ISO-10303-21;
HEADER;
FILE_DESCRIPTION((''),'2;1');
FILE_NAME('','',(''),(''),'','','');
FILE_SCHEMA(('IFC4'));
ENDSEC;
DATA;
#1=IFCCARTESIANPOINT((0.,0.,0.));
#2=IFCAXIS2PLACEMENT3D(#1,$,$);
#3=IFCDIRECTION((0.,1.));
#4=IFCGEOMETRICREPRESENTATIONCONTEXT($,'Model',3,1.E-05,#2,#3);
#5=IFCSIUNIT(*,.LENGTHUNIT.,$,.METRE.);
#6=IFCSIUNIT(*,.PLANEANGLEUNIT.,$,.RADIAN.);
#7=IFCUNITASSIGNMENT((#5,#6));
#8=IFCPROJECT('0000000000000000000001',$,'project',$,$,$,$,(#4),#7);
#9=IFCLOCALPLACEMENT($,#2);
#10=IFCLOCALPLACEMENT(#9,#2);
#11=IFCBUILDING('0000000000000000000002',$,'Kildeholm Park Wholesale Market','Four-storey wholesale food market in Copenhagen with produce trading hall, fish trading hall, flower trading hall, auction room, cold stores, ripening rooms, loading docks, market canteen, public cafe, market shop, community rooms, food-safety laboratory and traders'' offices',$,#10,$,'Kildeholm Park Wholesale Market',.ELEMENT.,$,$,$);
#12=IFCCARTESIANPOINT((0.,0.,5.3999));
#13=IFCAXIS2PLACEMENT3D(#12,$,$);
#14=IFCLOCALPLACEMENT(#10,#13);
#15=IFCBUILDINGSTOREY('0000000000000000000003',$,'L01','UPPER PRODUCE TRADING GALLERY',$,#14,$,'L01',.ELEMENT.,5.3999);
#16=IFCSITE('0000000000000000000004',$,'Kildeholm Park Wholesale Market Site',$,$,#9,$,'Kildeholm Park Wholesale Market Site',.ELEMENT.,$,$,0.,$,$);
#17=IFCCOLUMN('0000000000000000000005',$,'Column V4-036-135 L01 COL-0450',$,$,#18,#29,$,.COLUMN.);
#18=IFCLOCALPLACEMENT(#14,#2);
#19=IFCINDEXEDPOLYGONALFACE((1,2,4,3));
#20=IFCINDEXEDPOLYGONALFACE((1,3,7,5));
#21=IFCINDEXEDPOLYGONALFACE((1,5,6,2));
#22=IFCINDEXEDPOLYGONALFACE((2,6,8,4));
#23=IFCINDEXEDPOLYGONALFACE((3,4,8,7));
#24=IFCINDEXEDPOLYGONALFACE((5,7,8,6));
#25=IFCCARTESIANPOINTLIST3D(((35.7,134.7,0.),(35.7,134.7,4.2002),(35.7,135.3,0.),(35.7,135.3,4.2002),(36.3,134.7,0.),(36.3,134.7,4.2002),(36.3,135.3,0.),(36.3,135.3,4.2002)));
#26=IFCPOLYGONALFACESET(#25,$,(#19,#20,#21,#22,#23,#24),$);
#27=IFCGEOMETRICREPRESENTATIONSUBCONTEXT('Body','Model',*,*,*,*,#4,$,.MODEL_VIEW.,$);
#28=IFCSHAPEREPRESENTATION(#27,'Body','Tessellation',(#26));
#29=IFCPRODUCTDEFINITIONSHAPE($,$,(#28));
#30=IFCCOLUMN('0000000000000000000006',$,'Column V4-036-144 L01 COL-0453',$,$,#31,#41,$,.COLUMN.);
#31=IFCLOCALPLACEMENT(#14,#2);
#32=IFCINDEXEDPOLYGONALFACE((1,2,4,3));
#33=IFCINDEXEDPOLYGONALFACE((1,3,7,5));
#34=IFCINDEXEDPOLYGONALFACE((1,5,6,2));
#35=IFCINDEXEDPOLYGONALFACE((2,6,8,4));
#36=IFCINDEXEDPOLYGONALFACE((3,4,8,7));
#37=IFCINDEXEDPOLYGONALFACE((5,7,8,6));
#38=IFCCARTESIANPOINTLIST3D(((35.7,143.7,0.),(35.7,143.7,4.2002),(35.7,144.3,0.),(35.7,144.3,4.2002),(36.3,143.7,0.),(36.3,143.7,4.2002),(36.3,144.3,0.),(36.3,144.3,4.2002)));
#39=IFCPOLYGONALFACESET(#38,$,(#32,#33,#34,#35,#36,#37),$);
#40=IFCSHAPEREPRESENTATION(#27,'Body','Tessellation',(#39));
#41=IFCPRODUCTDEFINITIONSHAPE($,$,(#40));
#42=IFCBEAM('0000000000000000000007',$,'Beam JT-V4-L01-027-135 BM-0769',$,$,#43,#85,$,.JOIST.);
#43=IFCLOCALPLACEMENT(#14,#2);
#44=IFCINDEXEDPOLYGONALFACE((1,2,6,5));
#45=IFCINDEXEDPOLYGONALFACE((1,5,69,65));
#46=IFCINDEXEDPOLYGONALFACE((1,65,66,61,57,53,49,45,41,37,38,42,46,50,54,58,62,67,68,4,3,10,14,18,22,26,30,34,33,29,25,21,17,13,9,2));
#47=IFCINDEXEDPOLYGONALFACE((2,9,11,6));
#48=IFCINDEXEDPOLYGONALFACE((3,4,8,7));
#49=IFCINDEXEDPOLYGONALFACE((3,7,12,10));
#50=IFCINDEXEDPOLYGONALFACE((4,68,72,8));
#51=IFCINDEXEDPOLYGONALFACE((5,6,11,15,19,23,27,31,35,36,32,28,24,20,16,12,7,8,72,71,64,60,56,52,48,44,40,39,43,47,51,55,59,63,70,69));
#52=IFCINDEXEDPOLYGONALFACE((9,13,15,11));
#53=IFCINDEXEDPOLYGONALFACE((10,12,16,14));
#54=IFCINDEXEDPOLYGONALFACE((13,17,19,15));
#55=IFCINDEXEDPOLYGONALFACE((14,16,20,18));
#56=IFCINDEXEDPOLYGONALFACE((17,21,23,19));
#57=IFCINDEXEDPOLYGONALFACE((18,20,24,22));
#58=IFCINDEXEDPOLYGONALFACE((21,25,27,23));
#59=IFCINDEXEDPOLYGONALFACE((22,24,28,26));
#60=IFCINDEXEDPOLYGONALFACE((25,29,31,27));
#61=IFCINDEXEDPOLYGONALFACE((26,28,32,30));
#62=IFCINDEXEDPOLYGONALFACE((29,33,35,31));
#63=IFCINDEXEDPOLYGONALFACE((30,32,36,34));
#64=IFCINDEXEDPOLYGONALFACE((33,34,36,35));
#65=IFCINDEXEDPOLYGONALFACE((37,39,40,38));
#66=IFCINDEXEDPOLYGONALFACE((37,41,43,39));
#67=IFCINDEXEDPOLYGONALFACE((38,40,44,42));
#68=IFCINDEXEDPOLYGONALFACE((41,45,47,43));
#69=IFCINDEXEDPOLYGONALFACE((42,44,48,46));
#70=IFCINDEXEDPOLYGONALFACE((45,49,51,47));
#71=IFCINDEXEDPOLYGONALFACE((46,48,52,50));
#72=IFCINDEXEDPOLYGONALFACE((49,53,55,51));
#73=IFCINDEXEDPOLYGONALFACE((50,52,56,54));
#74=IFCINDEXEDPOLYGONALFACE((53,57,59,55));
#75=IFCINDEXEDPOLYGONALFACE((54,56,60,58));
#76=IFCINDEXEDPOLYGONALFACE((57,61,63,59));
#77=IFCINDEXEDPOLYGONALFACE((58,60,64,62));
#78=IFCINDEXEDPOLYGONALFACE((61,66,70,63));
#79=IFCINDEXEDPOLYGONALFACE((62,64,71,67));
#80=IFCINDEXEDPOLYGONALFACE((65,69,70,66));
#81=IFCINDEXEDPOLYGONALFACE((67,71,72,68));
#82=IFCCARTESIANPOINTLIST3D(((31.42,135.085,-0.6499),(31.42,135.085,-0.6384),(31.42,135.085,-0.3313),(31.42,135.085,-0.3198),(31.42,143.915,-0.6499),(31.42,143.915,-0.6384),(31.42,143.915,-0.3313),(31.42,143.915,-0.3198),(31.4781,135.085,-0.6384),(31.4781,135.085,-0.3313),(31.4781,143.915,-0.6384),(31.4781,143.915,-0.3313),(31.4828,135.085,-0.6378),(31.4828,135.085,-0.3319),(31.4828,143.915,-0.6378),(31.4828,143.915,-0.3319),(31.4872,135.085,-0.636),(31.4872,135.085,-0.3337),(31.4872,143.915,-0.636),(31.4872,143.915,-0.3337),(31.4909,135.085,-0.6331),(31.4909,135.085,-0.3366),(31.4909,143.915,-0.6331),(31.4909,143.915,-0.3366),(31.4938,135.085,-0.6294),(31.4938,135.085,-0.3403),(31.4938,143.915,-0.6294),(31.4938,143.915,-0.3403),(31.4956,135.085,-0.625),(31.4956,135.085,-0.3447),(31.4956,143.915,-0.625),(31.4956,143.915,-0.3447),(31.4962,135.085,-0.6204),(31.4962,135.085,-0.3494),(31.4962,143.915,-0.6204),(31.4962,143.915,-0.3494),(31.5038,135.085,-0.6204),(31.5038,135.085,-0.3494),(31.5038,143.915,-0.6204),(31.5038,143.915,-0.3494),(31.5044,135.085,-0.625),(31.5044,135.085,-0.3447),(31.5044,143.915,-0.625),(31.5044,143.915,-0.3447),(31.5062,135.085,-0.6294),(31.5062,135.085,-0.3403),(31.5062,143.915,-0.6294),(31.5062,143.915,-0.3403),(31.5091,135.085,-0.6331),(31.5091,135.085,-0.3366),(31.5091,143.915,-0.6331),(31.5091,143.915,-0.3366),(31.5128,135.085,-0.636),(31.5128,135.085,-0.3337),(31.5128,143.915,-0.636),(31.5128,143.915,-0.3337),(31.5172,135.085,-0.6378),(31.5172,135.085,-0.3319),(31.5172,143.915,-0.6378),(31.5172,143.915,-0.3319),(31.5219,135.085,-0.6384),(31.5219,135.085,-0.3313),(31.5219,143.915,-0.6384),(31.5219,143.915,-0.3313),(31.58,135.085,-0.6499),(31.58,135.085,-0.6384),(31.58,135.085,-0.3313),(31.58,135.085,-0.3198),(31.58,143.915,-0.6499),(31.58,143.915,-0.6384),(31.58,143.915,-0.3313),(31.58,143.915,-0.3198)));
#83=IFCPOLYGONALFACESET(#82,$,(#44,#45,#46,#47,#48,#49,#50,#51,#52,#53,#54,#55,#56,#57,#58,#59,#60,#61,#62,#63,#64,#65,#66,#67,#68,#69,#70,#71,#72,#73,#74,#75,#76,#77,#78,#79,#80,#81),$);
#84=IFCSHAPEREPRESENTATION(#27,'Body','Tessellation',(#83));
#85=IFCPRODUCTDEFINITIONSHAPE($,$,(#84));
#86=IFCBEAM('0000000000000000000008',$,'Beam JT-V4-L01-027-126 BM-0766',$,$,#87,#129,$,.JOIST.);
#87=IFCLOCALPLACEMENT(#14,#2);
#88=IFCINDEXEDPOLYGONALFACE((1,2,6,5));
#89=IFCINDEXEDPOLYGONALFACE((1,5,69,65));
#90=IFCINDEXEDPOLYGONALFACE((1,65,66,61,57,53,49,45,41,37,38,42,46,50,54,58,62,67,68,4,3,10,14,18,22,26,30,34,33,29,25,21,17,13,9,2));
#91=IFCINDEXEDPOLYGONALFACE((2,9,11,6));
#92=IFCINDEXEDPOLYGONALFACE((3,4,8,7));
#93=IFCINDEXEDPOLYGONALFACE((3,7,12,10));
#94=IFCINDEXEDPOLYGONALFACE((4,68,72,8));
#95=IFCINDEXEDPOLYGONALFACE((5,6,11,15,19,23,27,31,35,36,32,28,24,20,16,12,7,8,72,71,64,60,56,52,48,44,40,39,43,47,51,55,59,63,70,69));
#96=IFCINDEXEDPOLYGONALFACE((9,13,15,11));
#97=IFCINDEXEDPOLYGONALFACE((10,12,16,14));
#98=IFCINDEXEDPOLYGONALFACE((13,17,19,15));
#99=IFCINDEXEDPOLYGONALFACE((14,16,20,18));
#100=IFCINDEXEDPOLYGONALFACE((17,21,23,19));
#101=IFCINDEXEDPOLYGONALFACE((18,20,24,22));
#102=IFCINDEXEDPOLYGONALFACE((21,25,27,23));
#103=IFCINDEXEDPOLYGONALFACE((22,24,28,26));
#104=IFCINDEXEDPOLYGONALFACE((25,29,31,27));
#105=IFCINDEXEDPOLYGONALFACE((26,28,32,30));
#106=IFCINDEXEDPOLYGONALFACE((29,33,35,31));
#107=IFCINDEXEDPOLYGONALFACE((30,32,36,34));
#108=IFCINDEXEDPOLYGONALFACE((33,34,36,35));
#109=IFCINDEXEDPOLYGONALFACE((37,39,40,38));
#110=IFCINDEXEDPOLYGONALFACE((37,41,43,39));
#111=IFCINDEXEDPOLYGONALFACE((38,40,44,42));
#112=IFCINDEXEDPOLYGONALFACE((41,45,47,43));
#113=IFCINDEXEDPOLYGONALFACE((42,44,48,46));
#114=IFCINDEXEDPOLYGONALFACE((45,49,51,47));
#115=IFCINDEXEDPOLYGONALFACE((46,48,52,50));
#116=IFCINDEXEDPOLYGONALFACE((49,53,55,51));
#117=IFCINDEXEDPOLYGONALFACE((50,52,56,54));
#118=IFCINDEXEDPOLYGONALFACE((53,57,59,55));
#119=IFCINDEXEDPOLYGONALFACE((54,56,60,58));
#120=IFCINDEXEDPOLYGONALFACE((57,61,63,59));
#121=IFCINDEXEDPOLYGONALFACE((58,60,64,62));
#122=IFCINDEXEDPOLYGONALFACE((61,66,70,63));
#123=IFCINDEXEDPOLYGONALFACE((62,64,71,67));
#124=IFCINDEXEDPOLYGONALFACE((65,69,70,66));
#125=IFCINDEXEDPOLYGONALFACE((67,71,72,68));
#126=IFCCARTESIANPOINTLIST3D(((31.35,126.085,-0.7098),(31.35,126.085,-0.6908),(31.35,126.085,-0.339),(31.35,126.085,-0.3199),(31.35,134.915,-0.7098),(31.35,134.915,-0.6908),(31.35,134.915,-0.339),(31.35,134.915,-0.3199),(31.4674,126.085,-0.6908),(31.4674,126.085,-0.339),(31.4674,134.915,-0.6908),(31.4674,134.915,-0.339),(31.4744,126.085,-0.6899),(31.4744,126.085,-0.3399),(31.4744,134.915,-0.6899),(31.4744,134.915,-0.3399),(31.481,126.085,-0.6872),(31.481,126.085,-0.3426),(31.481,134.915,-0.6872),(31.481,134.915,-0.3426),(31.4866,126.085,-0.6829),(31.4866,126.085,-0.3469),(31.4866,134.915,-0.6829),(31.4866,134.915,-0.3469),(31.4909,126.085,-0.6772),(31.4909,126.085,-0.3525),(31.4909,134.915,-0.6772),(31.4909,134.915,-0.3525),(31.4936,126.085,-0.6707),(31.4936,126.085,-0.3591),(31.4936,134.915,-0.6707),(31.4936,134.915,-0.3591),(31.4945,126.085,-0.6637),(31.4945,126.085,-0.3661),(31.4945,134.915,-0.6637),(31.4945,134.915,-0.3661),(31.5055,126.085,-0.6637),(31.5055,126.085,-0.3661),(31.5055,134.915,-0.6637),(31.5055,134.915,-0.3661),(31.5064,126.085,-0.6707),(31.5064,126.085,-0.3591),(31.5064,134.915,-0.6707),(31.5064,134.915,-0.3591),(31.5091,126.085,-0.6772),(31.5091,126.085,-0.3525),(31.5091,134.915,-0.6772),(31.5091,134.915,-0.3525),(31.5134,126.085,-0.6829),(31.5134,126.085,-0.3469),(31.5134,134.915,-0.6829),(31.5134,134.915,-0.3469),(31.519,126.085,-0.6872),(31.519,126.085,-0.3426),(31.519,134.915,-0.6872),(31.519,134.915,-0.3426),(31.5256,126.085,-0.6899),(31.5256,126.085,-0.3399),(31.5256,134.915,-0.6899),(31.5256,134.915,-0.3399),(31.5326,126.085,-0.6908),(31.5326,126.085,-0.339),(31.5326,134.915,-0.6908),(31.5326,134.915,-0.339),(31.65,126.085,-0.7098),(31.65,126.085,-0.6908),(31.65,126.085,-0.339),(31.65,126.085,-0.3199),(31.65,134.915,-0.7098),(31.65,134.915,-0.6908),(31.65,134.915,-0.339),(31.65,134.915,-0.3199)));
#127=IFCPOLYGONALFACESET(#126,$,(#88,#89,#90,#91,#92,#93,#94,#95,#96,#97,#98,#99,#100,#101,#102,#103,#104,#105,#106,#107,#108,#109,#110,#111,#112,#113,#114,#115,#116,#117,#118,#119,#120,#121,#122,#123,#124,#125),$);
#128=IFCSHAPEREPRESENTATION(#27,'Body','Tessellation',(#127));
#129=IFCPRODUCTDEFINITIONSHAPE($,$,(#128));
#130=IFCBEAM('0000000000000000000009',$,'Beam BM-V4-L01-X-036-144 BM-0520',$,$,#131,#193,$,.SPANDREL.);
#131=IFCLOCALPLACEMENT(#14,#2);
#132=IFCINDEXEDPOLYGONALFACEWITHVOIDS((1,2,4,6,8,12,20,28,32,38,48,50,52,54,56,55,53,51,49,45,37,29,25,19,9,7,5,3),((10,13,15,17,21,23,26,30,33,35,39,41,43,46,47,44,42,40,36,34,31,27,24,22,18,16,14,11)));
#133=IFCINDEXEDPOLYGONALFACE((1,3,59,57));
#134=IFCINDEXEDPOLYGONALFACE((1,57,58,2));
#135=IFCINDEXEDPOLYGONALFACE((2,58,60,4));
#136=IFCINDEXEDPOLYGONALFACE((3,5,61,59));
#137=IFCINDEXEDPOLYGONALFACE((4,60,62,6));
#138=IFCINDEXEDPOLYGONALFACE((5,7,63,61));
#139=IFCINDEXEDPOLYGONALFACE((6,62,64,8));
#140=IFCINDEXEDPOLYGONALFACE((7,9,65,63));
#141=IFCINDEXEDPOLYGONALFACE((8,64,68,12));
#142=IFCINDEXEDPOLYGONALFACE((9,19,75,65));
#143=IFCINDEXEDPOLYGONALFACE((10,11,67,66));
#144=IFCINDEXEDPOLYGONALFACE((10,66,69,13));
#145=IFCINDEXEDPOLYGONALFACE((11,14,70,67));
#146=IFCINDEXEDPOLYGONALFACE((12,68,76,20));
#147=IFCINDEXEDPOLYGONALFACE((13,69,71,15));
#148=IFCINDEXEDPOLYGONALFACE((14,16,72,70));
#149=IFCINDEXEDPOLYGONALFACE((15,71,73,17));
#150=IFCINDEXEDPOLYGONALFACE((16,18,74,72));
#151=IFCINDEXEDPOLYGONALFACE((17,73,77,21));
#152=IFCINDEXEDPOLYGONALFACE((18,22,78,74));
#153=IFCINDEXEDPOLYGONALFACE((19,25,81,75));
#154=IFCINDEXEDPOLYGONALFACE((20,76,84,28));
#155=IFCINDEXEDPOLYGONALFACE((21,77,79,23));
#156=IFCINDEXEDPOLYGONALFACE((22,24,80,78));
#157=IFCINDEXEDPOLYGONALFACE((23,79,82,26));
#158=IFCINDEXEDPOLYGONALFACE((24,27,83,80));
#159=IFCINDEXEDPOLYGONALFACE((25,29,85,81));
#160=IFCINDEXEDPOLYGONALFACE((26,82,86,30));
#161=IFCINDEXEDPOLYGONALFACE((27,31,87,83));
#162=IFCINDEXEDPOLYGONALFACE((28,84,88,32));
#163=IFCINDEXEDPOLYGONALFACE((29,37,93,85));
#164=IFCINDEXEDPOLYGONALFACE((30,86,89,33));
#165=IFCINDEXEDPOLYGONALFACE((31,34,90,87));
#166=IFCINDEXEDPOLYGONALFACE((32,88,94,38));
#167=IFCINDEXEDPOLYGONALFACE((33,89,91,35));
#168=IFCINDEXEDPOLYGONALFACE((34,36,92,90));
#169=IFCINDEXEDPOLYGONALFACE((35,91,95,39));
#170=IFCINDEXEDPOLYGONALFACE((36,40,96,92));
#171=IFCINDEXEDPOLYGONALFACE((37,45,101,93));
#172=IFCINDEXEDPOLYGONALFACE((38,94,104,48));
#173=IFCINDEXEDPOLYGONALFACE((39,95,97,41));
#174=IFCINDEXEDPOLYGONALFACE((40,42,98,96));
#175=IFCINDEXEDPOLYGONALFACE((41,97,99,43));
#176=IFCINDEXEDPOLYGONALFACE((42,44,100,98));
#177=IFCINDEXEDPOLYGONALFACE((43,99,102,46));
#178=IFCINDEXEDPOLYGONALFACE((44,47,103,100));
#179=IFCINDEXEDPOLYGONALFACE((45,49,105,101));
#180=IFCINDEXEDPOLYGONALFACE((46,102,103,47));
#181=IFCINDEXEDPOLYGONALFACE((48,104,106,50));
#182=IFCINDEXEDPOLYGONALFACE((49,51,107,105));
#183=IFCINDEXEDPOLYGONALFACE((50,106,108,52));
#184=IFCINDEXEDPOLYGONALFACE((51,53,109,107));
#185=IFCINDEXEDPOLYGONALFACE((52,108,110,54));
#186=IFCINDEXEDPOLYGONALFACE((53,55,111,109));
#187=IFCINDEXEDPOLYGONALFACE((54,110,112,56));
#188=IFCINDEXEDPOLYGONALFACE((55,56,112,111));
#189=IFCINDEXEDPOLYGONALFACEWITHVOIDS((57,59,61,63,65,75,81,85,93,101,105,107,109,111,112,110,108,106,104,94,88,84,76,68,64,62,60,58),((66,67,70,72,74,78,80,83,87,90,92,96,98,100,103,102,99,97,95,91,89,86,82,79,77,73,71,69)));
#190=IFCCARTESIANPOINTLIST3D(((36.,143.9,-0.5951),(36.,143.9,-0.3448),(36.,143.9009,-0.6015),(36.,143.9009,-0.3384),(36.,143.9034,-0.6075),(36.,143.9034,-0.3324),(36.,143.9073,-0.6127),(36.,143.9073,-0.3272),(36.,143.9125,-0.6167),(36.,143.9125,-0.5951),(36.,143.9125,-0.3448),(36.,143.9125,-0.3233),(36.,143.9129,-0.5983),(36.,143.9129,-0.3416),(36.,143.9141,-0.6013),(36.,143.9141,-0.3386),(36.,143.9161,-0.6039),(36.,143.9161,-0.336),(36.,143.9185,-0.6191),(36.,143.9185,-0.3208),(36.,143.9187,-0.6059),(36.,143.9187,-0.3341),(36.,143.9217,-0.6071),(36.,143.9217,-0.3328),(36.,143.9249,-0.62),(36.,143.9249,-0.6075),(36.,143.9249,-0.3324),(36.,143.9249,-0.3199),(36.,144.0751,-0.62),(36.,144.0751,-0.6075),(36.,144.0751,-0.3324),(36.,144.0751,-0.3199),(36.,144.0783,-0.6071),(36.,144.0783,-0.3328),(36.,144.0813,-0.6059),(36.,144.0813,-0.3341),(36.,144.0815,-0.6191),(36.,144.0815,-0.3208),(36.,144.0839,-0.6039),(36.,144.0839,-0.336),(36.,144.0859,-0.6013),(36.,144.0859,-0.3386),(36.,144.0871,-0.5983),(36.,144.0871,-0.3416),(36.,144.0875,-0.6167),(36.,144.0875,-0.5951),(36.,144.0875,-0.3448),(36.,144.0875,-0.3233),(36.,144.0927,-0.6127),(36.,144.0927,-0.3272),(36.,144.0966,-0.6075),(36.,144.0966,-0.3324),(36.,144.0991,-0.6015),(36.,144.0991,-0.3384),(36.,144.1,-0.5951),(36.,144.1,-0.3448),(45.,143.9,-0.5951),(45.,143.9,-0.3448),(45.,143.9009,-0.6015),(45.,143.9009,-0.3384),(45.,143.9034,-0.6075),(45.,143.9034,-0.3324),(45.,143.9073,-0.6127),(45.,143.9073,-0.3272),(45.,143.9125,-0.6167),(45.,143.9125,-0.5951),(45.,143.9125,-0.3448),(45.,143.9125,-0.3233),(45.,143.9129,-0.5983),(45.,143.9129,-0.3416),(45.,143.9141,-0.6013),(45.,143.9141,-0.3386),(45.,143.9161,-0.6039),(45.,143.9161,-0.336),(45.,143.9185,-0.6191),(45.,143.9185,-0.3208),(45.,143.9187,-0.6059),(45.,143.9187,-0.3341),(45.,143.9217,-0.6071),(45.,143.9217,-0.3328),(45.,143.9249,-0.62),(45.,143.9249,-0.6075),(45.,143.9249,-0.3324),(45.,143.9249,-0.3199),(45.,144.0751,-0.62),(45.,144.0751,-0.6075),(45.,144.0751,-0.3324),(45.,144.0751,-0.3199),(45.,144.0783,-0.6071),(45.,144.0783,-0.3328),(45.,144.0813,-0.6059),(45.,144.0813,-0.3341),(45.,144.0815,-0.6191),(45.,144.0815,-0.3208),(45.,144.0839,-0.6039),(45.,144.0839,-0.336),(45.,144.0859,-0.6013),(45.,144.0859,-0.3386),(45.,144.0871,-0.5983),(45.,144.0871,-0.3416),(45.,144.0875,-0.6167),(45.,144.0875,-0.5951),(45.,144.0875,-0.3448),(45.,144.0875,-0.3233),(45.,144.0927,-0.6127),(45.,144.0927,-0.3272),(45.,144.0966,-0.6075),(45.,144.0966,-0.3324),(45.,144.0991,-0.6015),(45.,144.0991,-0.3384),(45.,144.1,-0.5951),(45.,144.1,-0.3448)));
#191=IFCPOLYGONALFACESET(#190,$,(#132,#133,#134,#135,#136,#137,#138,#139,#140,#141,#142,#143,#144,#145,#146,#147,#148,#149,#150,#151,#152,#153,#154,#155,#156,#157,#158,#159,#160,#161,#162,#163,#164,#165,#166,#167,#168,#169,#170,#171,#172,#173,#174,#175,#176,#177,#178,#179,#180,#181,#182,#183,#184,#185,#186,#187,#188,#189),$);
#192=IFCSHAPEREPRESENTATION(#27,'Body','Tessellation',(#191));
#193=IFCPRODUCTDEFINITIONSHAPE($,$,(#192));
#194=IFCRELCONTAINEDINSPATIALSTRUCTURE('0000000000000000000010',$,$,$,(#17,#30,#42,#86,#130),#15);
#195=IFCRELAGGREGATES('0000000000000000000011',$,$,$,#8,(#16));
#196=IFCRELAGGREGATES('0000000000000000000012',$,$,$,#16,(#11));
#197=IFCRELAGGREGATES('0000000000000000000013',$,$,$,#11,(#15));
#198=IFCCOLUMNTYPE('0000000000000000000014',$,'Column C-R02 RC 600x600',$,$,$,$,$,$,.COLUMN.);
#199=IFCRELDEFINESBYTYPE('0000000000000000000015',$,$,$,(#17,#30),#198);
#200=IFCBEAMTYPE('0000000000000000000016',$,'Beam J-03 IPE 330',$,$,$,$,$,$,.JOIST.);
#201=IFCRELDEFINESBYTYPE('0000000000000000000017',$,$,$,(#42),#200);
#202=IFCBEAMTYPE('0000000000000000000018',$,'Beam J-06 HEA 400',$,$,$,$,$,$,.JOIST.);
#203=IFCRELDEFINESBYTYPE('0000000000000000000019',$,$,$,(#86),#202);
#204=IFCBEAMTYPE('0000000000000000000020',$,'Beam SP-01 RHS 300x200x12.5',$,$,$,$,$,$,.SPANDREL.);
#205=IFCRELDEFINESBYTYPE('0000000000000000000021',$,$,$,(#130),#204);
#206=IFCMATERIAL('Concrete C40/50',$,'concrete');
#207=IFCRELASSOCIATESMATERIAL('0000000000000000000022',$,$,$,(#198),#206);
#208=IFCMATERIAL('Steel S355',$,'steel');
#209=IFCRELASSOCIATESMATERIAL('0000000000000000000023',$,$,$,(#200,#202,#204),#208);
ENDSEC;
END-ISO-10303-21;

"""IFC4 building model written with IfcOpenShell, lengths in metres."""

from ifc_helpers import new_model, si_unit, direction, frame, origin, origin_2d, place, context, subcontext, project, spatial, rectangle, hollow_rectangle, i_section, extrude, material, material_profile, profile_set, type_object, element, save


model = new_model("IFC4")

# Units and contexts
model_context = context("Model", 3, precision=1e-05, world=origin(), true_north=direction((0.0, 1.0)))
body_context = subcontext(model_context, "Body", "Model", "MODEL_VIEW")
ifc_project = project(units=[si_unit("LENGTHUNIT", "METRE"), si_unit("PLANEANGLEUNIT", "RADIAN")], contexts=[model_context])

# Site, building, storey
site_placement = place(None, origin())
site = spatial("IfcSite", under=ifc_project, at=site_placement, Name="Kildeholm Park Wholesale Market Site", LongName="Kildeholm Park Wholesale Market Site", CompositionType="ELEMENT", RefElevation=0.0)
building_placement = place(site_placement, origin())
building = spatial("IfcBuilding", under=site, at=building_placement, Name="Kildeholm Park Wholesale Market", Description="Four-storey wholesale food market in Copenhagen with produce trading hall, fish trading hall, flower trading hall, auction room, cold stores, ripening rooms, loading docks, market canteen, public cafe, market shop, community rooms, food-safety laboratory and traders' offices", LongName="Kildeholm Park Wholesale Market", CompositionType="ELEMENT")
storey_placement = place(building_placement, frame((0.0, 0.0, 5.3999)))
storey = spatial("IfcBuildingStorey", under=building, at=storey_placement, Name="L01", Description="UPPER PRODUCE TRADING GALLERY", LongName="L01", CompositionType="ELEMENT", Elevation=5.3999)

# Columns
ifc_material_1 = material(Name="Concrete C40/50", Category="concrete")
ifc_material_profile_1 = material_profile(ifc_material_1, rectangle(XDim=0.6001, YDim=0.6001, at=origin_2d()), Name="RC 600x600")
ifc_profile_set_1 = profile_set([ifc_material_profile_1], Name="Concrete C40/50")
column_type = type_object("IfcColumnType", Name="Column C-R02 RC 600x600", PredefinedType="COLUMN", material=ifc_profile_set_1)
for number, where, z_axis, x_axis, name in (
    (1, (36.0, 135.0, 0.0), (0.0, 0.0, 1.0), (1.0, 0.0, 0.0), "Column V4-036-135 L01 COL-0450"),
    (2, (36.0, 144.0, 0.0), (0.0, 0.0, 1.0), (1.0, 0.0, 0.0), "Column V4-036-144 L01 COL-0453"),
):
    element("IfcColumn", number, at=place(storey_placement, frame(where, z_axis=z_axis, x_axis=x_axis)), inside=storey, type_object=column_type, Name=name, PredefinedType="COLUMN", context=body_context, shape_type="SweptSolid", body=[
        extrude(rectangle(XDim=0.6001, YDim=0.6001, at=origin_2d()), origin(), (0.0, 0.0, 1.0), 4.2002),
    ])

# Beams
ifc_material_2 = material(Name="Steel S355", Category="steel")
ifc_material_profile_2 = material_profile(ifc_material_2, i_section(OverallWidth=0.1599, OverallDepth=0.3301, WebThickness=0.0076, FlangeThickness=0.0115, FilletRadius=0.0181, at=origin_2d()), Name="IPE 330")
ifc_profile_set_2 = profile_set([ifc_material_profile_2], Name="Steel S355")
beam_type_1 = type_object("IfcBeamType", Name="Beam J-03 IPE 330", PredefinedType="JOIST", material=ifc_profile_set_2)
beam_1_placement = place(storey_placement, frame((31.5, 135.085, -0.4849), z_axis=(0.0, 1.0, 0.0), x_axis=(-1.0, 0.0, 0.0)))
element("IfcBeam", 3, at=beam_1_placement, inside=storey, type_object=beam_type_1, Name="Beam JT-V4-L01-027-135 BM-0769", PredefinedType="JOIST", context=body_context, shape_type="SweptSolid", body=[
    extrude(i_section(OverallWidth=0.1599, OverallDepth=0.3301, WebThickness=0.0076, FlangeThickness=0.0115, FilletRadius=0.0181, at=origin_2d()), origin(), (0.0, 0.0, 1.0), 8.8301),
])
ifc_material_profile_3 = material_profile(ifc_material_2, i_section(OverallWidth=0.3, OverallDepth=0.3899, WebThickness=0.011, FlangeThickness=0.019, FilletRadius=0.0271, at=origin_2d()), Name="HEA 400")
ifc_profile_set_3 = profile_set([ifc_material_profile_3], Name="Steel S355")
beam_type_2 = type_object("IfcBeamType", Name="Beam J-06 HEA 400", PredefinedType="JOIST", material=ifc_profile_set_3)
beam_2_placement = place(storey_placement, frame((31.5, 126.085, -0.5149), z_axis=(0.0, 1.0, 0.0), x_axis=(-1.0, 0.0, 0.0)))
element("IfcBeam", 4, at=beam_2_placement, inside=storey, type_object=beam_type_2, Name="Beam JT-V4-L01-027-126 BM-0766", PredefinedType="JOIST", context=body_context, shape_type="SweptSolid", body=[
    extrude(i_section(OverallWidth=0.3, OverallDepth=0.3899, WebThickness=0.011, FlangeThickness=0.019, FilletRadius=0.0271, at=origin_2d()), origin(), (0.0, 0.0, 1.0), 8.8301),
])
ifc_material_profile_4 = material_profile(ifc_material_2, hollow_rectangle(XDim=0.2, YDim=0.3, WallThickness=0.0125, InnerFilletRadius=0.0125, OuterFilletRadius=0.0249, at=origin_2d()), Name="RHS 300x200x12.5")
ifc_profile_set_4 = profile_set([ifc_material_profile_4], Name="Steel S355")
beam_type_3 = type_object("IfcBeamType", Name="Beam SP-01 RHS 300x200x12.5", PredefinedType="SPANDREL", material=ifc_profile_set_4)
beam_3_placement = place(storey_placement, frame((36.0, 144.0, -0.47), z_axis=(1.0, 0.0, 0.0), x_axis=(0.0, 1.0, 0.0)))
element("IfcBeam", 5, at=beam_3_placement, inside=storey, type_object=beam_type_3, Name="Beam BM-V4-L01-X-036-144 BM-0520", PredefinedType="SPANDREL", context=body_context, shape_type="SweptSolid", body=[
    extrude(hollow_rectangle(XDim=0.2, YDim=0.3, WallThickness=0.0125, InnerFilletRadius=0.0125, OuterFilletRadius=0.0249, at=origin_2d()), origin(), (0.0, 0.0, 1.0), 9.0),
])

save(model, "model.ifc")
